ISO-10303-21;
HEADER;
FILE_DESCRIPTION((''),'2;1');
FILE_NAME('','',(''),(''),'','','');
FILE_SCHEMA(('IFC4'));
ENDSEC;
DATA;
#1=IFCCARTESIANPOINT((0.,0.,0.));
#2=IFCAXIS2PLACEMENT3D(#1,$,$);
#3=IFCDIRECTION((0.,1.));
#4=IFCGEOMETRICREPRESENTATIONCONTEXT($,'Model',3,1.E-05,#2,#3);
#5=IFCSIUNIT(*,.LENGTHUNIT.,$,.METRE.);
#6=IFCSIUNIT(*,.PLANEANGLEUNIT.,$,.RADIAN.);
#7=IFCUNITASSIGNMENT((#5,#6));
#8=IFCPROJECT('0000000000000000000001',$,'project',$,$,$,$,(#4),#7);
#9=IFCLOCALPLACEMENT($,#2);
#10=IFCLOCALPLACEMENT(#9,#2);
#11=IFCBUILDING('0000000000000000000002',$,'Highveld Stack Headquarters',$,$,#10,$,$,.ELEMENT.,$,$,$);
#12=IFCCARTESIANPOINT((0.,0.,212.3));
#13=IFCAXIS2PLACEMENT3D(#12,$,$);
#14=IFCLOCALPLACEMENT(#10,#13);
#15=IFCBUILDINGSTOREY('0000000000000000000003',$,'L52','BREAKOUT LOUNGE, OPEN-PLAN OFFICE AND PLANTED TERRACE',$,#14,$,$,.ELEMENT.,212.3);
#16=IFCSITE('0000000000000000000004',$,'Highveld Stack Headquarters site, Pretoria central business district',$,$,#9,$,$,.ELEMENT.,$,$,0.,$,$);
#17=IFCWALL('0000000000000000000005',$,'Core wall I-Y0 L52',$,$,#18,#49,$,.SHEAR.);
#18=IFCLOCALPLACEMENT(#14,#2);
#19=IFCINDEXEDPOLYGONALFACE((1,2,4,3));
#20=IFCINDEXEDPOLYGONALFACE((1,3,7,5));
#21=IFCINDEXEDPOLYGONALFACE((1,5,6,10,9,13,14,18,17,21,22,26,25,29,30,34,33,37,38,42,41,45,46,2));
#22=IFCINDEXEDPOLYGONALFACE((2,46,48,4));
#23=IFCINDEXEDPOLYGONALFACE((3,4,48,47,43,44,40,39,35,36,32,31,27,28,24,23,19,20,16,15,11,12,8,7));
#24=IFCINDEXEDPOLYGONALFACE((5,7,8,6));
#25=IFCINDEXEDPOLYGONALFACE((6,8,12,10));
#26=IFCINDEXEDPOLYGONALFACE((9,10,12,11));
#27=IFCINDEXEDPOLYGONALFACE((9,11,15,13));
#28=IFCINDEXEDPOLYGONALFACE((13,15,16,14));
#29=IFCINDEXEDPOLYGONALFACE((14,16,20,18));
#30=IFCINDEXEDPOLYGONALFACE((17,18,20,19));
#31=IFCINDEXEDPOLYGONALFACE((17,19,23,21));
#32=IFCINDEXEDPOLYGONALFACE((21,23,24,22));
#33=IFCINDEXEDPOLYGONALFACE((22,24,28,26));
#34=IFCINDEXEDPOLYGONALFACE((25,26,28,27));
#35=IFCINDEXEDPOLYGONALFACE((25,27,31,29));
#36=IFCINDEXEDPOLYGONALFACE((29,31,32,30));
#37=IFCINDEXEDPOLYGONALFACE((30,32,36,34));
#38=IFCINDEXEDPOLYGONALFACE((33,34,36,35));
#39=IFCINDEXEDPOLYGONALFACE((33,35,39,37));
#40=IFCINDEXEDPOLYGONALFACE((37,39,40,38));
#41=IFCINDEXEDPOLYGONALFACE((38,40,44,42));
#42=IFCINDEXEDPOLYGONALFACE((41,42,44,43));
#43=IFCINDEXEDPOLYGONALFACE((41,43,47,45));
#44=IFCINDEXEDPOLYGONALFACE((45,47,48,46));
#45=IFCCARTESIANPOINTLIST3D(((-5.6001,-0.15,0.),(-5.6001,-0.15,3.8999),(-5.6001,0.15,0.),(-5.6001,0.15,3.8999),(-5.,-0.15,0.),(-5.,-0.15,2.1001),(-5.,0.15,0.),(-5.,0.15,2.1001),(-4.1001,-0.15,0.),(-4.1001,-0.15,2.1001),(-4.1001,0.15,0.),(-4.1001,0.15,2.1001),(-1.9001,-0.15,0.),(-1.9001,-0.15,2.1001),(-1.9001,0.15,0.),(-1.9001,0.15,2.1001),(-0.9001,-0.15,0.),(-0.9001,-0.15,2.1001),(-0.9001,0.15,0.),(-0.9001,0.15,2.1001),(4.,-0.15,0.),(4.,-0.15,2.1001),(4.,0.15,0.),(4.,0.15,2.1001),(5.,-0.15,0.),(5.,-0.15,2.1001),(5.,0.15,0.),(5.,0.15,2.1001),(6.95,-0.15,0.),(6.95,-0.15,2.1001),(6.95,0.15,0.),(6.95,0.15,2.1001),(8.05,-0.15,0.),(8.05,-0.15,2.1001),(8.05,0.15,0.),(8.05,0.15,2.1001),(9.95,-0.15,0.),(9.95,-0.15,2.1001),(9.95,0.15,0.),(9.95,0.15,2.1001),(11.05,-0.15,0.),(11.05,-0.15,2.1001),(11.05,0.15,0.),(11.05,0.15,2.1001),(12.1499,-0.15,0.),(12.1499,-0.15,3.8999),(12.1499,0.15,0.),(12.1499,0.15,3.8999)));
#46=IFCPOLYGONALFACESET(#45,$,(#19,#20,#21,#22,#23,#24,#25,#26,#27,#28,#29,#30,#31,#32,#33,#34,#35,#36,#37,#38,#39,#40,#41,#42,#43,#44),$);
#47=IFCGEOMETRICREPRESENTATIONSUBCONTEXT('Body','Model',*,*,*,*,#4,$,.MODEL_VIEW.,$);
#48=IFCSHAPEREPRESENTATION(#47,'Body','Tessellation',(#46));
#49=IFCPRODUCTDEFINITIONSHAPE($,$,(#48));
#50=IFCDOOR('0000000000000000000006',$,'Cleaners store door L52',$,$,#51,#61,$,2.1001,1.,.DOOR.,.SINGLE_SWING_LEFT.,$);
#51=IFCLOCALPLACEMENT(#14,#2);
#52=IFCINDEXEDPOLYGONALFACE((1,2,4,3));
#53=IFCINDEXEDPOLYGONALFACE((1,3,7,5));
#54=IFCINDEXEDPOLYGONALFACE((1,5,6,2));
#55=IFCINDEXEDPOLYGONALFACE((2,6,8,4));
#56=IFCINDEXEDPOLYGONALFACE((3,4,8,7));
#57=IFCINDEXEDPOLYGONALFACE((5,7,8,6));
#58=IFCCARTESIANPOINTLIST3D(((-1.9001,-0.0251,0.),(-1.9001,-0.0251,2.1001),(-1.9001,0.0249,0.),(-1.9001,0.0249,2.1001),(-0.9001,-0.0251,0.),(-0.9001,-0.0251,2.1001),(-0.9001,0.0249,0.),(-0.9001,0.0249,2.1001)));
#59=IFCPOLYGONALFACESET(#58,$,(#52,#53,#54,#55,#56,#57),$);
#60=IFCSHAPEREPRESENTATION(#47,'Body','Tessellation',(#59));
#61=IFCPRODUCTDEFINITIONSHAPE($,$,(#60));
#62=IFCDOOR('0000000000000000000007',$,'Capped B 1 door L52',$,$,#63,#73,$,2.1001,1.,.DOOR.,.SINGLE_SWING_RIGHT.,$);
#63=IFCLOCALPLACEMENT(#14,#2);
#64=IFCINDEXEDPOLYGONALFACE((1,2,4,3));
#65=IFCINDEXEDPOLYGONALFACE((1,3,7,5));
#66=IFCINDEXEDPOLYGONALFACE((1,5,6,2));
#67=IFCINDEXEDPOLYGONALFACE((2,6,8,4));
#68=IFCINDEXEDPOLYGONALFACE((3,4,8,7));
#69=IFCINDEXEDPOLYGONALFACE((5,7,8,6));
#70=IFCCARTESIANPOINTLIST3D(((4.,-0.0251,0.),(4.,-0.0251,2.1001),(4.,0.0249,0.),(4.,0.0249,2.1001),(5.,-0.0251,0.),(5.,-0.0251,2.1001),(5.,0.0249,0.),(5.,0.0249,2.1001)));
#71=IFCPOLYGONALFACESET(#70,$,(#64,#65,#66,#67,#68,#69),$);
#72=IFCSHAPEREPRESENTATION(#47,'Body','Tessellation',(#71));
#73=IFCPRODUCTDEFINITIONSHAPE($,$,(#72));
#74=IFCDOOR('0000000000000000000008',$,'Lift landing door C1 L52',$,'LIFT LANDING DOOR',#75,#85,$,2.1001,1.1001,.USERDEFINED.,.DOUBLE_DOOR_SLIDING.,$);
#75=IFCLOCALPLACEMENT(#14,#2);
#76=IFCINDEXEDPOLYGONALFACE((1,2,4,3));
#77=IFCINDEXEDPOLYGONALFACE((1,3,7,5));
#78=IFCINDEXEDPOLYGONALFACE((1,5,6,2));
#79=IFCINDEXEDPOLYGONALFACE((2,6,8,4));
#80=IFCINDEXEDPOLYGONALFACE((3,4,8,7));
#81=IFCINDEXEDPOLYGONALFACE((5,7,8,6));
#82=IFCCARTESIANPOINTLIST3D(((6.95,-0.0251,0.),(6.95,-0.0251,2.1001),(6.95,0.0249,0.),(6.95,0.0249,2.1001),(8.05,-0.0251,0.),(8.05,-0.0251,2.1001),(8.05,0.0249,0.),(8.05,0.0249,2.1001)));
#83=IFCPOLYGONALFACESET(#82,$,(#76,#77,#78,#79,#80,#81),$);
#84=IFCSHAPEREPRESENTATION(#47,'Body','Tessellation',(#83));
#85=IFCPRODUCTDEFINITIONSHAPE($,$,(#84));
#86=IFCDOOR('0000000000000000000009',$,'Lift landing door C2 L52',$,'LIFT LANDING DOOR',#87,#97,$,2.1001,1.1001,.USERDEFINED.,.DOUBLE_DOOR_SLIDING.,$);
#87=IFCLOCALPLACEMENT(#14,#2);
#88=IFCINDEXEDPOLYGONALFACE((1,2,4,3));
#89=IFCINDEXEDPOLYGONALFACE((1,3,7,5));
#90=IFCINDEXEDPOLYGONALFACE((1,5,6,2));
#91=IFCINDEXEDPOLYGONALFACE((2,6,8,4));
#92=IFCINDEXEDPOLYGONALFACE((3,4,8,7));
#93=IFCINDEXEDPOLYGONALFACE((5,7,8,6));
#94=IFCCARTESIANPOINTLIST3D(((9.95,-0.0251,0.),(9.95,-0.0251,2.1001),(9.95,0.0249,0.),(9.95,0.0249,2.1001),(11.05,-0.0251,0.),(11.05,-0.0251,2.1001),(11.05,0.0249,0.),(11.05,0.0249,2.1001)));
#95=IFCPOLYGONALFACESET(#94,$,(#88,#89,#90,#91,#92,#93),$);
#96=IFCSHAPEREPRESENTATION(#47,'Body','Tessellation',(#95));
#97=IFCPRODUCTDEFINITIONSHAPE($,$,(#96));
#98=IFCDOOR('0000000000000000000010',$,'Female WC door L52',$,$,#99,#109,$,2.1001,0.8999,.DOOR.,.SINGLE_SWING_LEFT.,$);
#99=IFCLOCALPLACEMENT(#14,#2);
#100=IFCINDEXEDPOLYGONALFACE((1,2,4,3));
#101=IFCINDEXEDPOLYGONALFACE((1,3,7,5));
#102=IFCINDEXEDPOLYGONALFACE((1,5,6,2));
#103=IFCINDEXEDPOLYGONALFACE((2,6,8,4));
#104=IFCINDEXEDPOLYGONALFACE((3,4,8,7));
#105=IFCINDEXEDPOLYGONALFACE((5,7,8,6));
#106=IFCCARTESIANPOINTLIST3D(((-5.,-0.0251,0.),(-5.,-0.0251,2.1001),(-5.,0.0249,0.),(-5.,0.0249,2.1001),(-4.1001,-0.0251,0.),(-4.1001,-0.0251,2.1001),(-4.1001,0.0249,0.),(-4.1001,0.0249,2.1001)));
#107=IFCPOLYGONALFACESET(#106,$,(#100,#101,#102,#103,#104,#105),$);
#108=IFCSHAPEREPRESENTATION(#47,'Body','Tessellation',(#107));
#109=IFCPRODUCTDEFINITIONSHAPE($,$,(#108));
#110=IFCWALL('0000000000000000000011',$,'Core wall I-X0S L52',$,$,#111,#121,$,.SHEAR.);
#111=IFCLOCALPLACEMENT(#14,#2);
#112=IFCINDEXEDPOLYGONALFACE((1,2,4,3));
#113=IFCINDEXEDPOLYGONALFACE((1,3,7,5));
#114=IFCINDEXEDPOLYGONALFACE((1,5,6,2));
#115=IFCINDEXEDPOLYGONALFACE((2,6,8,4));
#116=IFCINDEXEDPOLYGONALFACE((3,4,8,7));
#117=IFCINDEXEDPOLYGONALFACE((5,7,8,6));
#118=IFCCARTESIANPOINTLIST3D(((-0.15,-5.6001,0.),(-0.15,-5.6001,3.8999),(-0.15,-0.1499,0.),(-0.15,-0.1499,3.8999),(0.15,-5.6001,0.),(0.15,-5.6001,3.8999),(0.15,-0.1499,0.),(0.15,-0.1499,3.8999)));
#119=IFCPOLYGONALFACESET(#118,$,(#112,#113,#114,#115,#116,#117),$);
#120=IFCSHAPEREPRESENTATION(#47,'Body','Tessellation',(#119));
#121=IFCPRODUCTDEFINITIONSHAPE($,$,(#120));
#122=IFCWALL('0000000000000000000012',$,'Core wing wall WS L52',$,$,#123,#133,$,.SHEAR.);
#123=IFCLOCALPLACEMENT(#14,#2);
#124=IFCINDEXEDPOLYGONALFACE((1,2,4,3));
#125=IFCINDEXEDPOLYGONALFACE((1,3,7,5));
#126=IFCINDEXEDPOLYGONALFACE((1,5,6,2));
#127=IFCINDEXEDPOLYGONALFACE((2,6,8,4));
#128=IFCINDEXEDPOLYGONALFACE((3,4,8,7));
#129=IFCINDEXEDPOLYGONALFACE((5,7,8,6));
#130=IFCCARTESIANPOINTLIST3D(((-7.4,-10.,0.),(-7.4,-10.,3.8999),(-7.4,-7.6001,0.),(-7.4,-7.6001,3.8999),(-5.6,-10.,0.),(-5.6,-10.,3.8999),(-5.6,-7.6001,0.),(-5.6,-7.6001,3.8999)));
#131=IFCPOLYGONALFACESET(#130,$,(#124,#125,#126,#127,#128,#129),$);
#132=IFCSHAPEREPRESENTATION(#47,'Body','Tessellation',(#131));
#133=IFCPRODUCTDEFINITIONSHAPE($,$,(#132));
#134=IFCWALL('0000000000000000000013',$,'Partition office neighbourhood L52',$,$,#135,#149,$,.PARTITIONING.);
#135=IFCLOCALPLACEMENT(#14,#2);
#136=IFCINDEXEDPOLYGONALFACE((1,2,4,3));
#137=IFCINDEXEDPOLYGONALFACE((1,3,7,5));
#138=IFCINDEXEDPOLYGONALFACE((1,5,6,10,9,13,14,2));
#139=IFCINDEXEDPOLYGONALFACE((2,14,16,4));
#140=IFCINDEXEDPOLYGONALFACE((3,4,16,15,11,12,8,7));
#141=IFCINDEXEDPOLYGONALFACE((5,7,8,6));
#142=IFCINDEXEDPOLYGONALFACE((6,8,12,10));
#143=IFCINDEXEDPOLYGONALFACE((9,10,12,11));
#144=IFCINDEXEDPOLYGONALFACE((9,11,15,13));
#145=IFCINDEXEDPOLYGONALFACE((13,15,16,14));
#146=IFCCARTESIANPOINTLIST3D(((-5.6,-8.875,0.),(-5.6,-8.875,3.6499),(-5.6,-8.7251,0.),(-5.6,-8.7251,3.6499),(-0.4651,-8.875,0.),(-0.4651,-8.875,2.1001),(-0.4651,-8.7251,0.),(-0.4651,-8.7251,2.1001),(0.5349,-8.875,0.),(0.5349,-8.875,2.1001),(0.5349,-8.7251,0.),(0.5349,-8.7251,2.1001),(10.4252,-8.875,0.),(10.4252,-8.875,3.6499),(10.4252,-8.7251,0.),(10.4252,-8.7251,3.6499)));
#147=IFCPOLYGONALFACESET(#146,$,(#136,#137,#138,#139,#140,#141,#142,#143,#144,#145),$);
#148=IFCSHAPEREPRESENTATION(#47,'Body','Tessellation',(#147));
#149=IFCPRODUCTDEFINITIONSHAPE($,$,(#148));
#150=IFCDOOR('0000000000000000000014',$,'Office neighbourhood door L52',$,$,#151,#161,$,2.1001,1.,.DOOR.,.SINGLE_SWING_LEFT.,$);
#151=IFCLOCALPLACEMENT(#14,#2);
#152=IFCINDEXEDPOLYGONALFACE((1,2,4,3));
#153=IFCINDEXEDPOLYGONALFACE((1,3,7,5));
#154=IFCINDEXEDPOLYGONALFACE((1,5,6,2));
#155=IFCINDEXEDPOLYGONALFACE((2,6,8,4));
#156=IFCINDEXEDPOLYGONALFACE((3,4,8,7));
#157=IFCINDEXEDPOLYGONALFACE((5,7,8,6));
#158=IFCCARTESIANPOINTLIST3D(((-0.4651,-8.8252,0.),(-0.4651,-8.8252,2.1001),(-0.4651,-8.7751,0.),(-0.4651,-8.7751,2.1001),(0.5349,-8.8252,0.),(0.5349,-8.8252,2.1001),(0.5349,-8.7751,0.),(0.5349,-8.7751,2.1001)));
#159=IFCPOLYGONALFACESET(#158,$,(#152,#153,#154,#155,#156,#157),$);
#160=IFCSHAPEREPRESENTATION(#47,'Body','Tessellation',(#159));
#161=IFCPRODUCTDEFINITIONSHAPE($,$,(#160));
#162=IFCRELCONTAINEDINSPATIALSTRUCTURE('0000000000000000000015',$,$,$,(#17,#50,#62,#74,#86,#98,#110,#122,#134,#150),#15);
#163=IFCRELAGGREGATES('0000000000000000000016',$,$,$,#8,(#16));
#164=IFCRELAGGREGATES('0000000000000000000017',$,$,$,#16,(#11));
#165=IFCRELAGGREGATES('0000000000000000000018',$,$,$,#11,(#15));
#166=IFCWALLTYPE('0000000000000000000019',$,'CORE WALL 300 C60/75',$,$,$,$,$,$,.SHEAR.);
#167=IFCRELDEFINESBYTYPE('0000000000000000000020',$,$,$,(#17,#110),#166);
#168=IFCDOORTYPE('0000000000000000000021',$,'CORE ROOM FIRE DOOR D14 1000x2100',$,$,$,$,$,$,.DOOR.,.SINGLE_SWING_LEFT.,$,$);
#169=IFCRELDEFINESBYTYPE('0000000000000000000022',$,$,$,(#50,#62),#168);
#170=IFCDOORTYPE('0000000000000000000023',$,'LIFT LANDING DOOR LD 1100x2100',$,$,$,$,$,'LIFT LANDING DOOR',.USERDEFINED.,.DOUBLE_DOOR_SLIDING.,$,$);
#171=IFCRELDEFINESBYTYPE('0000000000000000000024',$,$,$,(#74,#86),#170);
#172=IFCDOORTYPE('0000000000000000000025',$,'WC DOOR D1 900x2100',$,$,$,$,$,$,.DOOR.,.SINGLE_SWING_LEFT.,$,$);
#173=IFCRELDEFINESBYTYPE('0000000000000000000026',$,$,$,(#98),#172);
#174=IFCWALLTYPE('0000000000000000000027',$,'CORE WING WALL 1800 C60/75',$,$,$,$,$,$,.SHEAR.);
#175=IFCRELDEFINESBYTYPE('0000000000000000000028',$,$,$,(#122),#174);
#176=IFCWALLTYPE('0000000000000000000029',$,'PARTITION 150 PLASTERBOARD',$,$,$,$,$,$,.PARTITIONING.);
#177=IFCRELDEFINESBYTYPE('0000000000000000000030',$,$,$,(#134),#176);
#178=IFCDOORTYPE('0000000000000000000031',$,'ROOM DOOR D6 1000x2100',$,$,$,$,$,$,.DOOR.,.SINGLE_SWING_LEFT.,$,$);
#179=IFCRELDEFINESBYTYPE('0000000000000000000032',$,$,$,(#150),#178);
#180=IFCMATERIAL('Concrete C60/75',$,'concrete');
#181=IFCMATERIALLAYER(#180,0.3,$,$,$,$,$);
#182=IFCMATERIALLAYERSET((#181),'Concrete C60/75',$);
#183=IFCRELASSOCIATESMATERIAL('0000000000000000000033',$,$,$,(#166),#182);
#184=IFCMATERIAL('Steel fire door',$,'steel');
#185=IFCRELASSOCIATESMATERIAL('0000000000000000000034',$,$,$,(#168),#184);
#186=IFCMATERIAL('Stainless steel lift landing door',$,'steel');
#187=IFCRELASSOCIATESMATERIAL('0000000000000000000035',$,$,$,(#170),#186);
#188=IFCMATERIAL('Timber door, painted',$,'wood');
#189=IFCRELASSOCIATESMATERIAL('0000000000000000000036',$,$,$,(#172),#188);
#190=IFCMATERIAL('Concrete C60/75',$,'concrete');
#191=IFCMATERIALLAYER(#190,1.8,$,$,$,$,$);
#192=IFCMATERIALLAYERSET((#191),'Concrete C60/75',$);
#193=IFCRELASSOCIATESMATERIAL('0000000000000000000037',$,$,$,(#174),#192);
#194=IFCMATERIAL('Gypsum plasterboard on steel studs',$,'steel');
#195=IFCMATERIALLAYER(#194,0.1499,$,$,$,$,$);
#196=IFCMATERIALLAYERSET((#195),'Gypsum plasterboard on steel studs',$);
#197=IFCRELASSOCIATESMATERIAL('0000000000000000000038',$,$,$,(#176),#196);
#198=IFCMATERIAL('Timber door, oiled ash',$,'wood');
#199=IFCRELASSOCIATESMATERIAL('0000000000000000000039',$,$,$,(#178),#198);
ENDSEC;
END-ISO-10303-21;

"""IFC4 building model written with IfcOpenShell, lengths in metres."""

from ifc_helpers import new_model, si_unit, direction, frame, frame_2d, origin, place, context, subcontext, project, spatial, rectangle, extrude, material, layer, layer_set, type_object, element, fill, save


model = new_model("IFC4")

# Units and contexts
model_context = context("Model", 3, precision=1e-05, world=origin(), true_north=direction((0.0, 1.0)))
body_context = subcontext(model_context, "Body", "Model", "MODEL_VIEW")
ifc_project = project(units=[si_unit("LENGTHUNIT", "METRE"), si_unit("PLANEANGLEUNIT", "RADIAN")], contexts=[model_context])

# Site, building, storey
site_placement = place(None, origin())
site = spatial("IfcSite", under=ifc_project, at=site_placement, Name="Highveld Stack Headquarters site, Pretoria central business district", CompositionType="ELEMENT", RefElevation=0.0)
building_placement = place(site_placement, origin())
building = spatial("IfcBuilding", under=site, at=building_placement, Name="Highveld Stack Headquarters", CompositionType="ELEMENT")
storey_placement = place(building_placement, frame((0.0, 0.0, 212.3)))
storey = spatial("IfcBuildingStorey", under=building, at=storey_placement, Name="L52", Description="BREAKOUT LOUNGE, OPEN-PLAN OFFICE AND PLANTED TERRACE", CompositionType="ELEMENT", Elevation=212.3)

# Wall, openings, doors
ifc_material_1 = material(Name="Concrete C60/75", Category="concrete")
ifc_layer_1 = layer(ifc_material_1, 0.3)
ifc_layer_set_1 = layer_set([ifc_layer_1], Name="Concrete C60/75")
wall_type_1 = type_object("IfcWallType", Name="CORE WALL 300 C60/75", PredefinedType="SHEAR", material=ifc_layer_set_1)
wall_1_placement = place(storey_placement, frame((-5.6001, 0.0, 0.0), z_axis=(0.0, 0.0, 1.0), x_axis=(1.0, 0.0, 0.0)))
wall_1 = element("IfcWall", 1, at=wall_1_placement, inside=storey, type_object=wall_type_1, Name="Core wall I-Y0 L52", PredefinedType="SHEAR", context=body_context, shape_type="SweptSolid", body=[
    extrude(rectangle(XDim=17.75, YDim=0.3, at=frame_2d((8.875, 0.0))), origin(), (0.0, 0.0, 1.0), 3.8999),
])
opening_1_placement = place(wall_1_placement, frame((0.6001, 0.0, 0.0)))
opening_1 = element("IfcOpeningElement", 2, at=opening_1_placement, cuts=wall_1, PredefinedType="OPENING", context=body_context, shape_type="SweptSolid", body=[
    extrude(rectangle(XDim=0.8999, YDim=2.1001, at=frame_2d((0.45, 1.05))), frame((0.0, 0.1599, 0.0), z_axis=(0.0, -1.0, 0.0), x_axis=(1.0, 0.0, 0.0)), (0.0, 0.0, 1.0), 0.3201),
])
opening_2_placement = place(wall_1_placement, frame((3.7, 0.0, 0.0)))
opening_2 = element("IfcOpeningElement", 3, at=opening_2_placement, cuts=wall_1, PredefinedType="OPENING", context=body_context, shape_type="SweptSolid", body=[
    extrude(rectangle(XDim=1.0, YDim=2.1001, at=frame_2d((0.5, 1.05))), frame((0.0, 0.1599, 0.0), z_axis=(0.0, -1.0, 0.0), x_axis=(1.0, 0.0, 0.0)), (0.0, 0.0, 1.0), 0.3201),
])
opening_3_placement = place(wall_1_placement, frame((9.6001, 0.0, 0.0)))
opening_3 = element("IfcOpeningElement", 4, at=opening_3_placement, cuts=wall_1, PredefinedType="OPENING", context=body_context, shape_type="SweptSolid", body=[
    extrude(rectangle(XDim=1.0, YDim=2.1001, at=frame_2d((0.5, 1.05))), frame((0.0, 0.1599, 0.0), z_axis=(0.0, -1.0, 0.0), x_axis=(1.0, 0.0, 0.0)), (0.0, 0.0, 1.0), 0.3201),
])
opening_4_placement = place(wall_1_placement, frame((12.55, 0.0, 0.0)))
opening_4 = element("IfcOpeningElement", 5, at=opening_4_placement, cuts=wall_1, PredefinedType="OPENING", context=body_context, shape_type="SweptSolid", body=[
    extrude(rectangle(XDim=1.1001, YDim=2.1001, at=frame_2d((0.55, 1.05))), frame((0.0, 0.1599, 0.0), z_axis=(0.0, -1.0, 0.0), x_axis=(1.0, 0.0, 0.0)), (0.0, 0.0, 1.0), 0.3201),
])
opening_5_placement = place(wall_1_placement, frame((15.55, 0.0, 0.0)))
opening_5 = element("IfcOpeningElement", 6, at=opening_5_placement, cuts=wall_1, PredefinedType="OPENING", context=body_context, shape_type="SweptSolid", body=[
    extrude(rectangle(XDim=1.1001, YDim=2.1001, at=frame_2d((0.55, 1.05))), frame((0.0, 0.1599, 0.0), z_axis=(0.0, -1.0, 0.0), x_axis=(1.0, 0.0, 0.0)), (0.0, 0.0, 1.0), 0.3201),
])
ifc_material_2 = material(Name="Steel fire door", Category="steel")
door_type_1 = type_object("IfcDoorType", Name="CORE ROOM FIRE DOOR D14 1000x2100", OperationType="SINGLE_SWING_LEFT", PredefinedType="DOOR", material=ifc_material_2)
door_1_placement = place(opening_2_placement, origin())
door_1 = element("IfcDoor", 7, at=door_1_placement, inside=storey, type_object=door_type_1, Name="Cleaners store door L52", OperationType="SINGLE_SWING_LEFT", OverallHeight=2.1001, OverallWidth=1.0, PredefinedType="DOOR", context=body_context, shape_type="SweptSolid", body=[
    extrude(rectangle(XDim=1.0, YDim=2.1001, at=frame_2d((0.5, 1.05))), frame((0.0, 0.0249, 0.0), z_axis=(0.0, -1.0, 0.0), x_axis=(1.0, 0.0, 0.0)), (0.0, 0.0, 1.0), 0.05),
])
fill(opening_2, door_1)
door_2_placement = place(opening_3_placement, origin())
door_2 = element("IfcDoor", 8, at=door_2_placement, inside=storey, type_object=door_type_1, Name="Capped B 1 door L52", OperationType="SINGLE_SWING_RIGHT", OverallHeight=2.1001, OverallWidth=1.0, PredefinedType="DOOR", context=body_context, shape_type="SweptSolid", body=[
    extrude(rectangle(XDim=1.0, YDim=2.1001, at=frame_2d((0.5, 1.05))), frame((0.0, 0.0249, 0.0), z_axis=(0.0, -1.0, 0.0), x_axis=(1.0, 0.0, 0.0)), (0.0, 0.0, 1.0), 0.05),
])
fill(opening_3, door_2)
ifc_material_3 = material(Name="Stainless steel lift landing door", Category="steel")
door_type_2 = type_object("IfcDoorType", Name="LIFT LANDING DOOR LD 1100x2100", ElementType="LIFT LANDING DOOR", OperationType="DOUBLE_DOOR_SLIDING", PredefinedType="USERDEFINED", material=ifc_material_3)
door_3_placement = place(opening_4_placement, origin())
door_3 = element("IfcDoor", 9, at=door_3_placement, inside=storey, type_object=door_type_2, Name="Lift landing door C1 L52", ObjectType="LIFT LANDING DOOR", OperationType="DOUBLE_DOOR_SLIDING", OverallHeight=2.1001, OverallWidth=1.1001, PredefinedType="USERDEFINED", context=body_context, shape_type="SweptSolid", body=[
    extrude(rectangle(XDim=1.1001, YDim=2.1001, at=frame_2d((0.55, 1.05))), frame((0.0, 0.0249, 0.0), z_axis=(0.0, -1.0, 0.0), x_axis=(1.0, 0.0, 0.0)), (0.0, 0.0, 1.0), 0.05),
])
fill(opening_4, door_3)
door_4_placement = place(opening_5_placement, origin())
door_4 = element("IfcDoor", 10, at=door_4_placement, inside=storey, type_object=door_type_2, Name="Lift landing door C2 L52", ObjectType="LIFT LANDING DOOR", OperationType="DOUBLE_DOOR_SLIDING", OverallHeight=2.1001, OverallWidth=1.1001, PredefinedType="USERDEFINED", context=body_context, shape_type="SweptSolid", body=[
    extrude(rectangle(XDim=1.1001, YDim=2.1001, at=frame_2d((0.55, 1.05))), frame((0.0, 0.0249, 0.0), z_axis=(0.0, -1.0, 0.0), x_axis=(1.0, 0.0, 0.0)), (0.0, 0.0, 1.0), 0.05),
])
fill(opening_5, door_4)
ifc_material_4 = material(Name="Timber door, painted", Category="wood")
door_type_3 = type_object("IfcDoorType", Name="WC DOOR D1 900x2100", OperationType="SINGLE_SWING_LEFT", PredefinedType="DOOR", material=ifc_material_4)
door_5_placement = place(opening_1_placement, origin())
door_5 = element("IfcDoor", 11, at=door_5_placement, inside=storey, type_object=door_type_3, Name="Female WC door L52", OperationType="SINGLE_SWING_LEFT", OverallHeight=2.1001, OverallWidth=0.8999, PredefinedType="DOOR", context=body_context, shape_type="SweptSolid", body=[
    extrude(rectangle(XDim=0.8999, YDim=2.1001, at=frame_2d((0.45, 1.05))), frame((0.0, 0.0249, 0.0), z_axis=(0.0, -1.0, 0.0), x_axis=(1.0, 0.0, 0.0)), (0.0, 0.0, 1.0), 0.05),
])
fill(opening_1, door_5)

# Walls
wall_2_placement = place(storey_placement, frame((0.0, -5.6001, 0.0), z_axis=(0.0, 0.0, 1.0), x_axis=(0.0, 1.0, 0.0)))
element("IfcWall", 12, at=wall_2_placement, inside=storey, type_object=wall_type_1, Name="Core wall I-X0S L52", PredefinedType="SHEAR", context=body_context, shape_type="SweptSolid", body=[
    extrude(rectangle(XDim=5.4502, YDim=0.3, at=frame_2d((2.7251, 0.0))), origin(), (0.0, 0.0, 1.0), 3.8999),
])
ifc_material_5 = material(Name="Concrete C60/75", Category="concrete")
ifc_layer_2 = layer(ifc_material_5, 1.8)
ifc_layer_set_2 = layer_set([ifc_layer_2], Name="Concrete C60/75")
wall_type_2 = type_object("IfcWallType", Name="CORE WING WALL 1800 C60/75", PredefinedType="SHEAR", material=ifc_layer_set_2)
wall_3_placement = place(storey_placement, frame((-6.5, -10.0, 0.0), z_axis=(0.0, 0.0, 1.0), x_axis=(0.0, 1.0, 0.0)))
element("IfcWall", 13, at=wall_3_placement, inside=storey, type_object=wall_type_2, Name="Core wing wall WS L52", PredefinedType="SHEAR", context=body_context, shape_type="SweptSolid", body=[
    extrude(rectangle(XDim=2.3999, YDim=1.8, at=frame_2d((1.2, 0.0))), origin(), (0.0, 0.0, 1.0), 3.8999),
])

# Wall, opening, door
ifc_material_6 = material(Name="Gypsum plasterboard on steel studs", Category="steel")
ifc_layer_3 = layer(ifc_material_6, 0.1499)
ifc_layer_set_3 = layer_set([ifc_layer_3], Name="Gypsum plasterboard on steel studs")
wall_type_3 = type_object("IfcWallType", Name="PARTITION 150 PLASTERBOARD", PredefinedType="PARTITIONING", material=ifc_layer_set_3)
wall_4_placement = place(storey_placement, frame((-5.6001, -8.8, 0.0), z_axis=(0.0, 0.0, 1.0), x_axis=(1.0, 0.0, 0.0)))
wall_4 = element("IfcWall", 14, at=wall_4_placement, inside=storey, type_object=wall_type_3, Name="Partition office neighbourhood L52", PredefinedType="PARTITIONING", context=body_context, shape_type="SweptSolid", body=[
    extrude(rectangle(XDim=16.0251, YDim=0.1499, at=frame_2d((8.0127, 0.0))), origin(), (0.0, 0.0, 1.0), 3.6499),
])
opening_6_placement = place(wall_4_placement, frame((5.135, 0.0, 0.0)))
opening_6 = element("IfcOpeningElement", 15, at=opening_6_placement, cuts=wall_4, PredefinedType="OPENING", context=body_context, shape_type="SweptSolid", body=[
    extrude(rectangle(XDim=1.0, YDim=2.1001, at=frame_2d((0.5, 1.05))), frame((0.0, 0.085, 0.0), z_axis=(0.0, -1.0, 0.0), x_axis=(1.0, 0.0, 0.0)), (0.0, 0.0, 1.0), 0.1699),
])
ifc_material_7 = material(Name="Timber door, oiled ash", Category="wood")
door_type_4 = type_object("IfcDoorType", Name="ROOM DOOR D6 1000x2100", OperationType="SINGLE_SWING_LEFT", PredefinedType="DOOR", material=ifc_material_7)
door_6_placement = place(opening_6_placement, origin())
door_6 = element("IfcDoor", 16, at=door_6_placement, inside=storey, type_object=door_type_4, Name="Office neighbourhood door L52", OperationType="SINGLE_SWING_LEFT", OverallHeight=2.1001, OverallWidth=1.0, PredefinedType="DOOR", context=body_context, shape_type="SweptSolid", body=[
    extrude(rectangle(XDim=1.0, YDim=2.1001, at=frame_2d((0.5, 1.05))), frame((0.0, 0.0249, 0.0), z_axis=(0.0, -1.0, 0.0), x_axis=(1.0, 0.0, 0.0)), (0.0, 0.0, 1.0), 0.05),
])
fill(opening_6, door_6)

save(model, "model.ifc")
